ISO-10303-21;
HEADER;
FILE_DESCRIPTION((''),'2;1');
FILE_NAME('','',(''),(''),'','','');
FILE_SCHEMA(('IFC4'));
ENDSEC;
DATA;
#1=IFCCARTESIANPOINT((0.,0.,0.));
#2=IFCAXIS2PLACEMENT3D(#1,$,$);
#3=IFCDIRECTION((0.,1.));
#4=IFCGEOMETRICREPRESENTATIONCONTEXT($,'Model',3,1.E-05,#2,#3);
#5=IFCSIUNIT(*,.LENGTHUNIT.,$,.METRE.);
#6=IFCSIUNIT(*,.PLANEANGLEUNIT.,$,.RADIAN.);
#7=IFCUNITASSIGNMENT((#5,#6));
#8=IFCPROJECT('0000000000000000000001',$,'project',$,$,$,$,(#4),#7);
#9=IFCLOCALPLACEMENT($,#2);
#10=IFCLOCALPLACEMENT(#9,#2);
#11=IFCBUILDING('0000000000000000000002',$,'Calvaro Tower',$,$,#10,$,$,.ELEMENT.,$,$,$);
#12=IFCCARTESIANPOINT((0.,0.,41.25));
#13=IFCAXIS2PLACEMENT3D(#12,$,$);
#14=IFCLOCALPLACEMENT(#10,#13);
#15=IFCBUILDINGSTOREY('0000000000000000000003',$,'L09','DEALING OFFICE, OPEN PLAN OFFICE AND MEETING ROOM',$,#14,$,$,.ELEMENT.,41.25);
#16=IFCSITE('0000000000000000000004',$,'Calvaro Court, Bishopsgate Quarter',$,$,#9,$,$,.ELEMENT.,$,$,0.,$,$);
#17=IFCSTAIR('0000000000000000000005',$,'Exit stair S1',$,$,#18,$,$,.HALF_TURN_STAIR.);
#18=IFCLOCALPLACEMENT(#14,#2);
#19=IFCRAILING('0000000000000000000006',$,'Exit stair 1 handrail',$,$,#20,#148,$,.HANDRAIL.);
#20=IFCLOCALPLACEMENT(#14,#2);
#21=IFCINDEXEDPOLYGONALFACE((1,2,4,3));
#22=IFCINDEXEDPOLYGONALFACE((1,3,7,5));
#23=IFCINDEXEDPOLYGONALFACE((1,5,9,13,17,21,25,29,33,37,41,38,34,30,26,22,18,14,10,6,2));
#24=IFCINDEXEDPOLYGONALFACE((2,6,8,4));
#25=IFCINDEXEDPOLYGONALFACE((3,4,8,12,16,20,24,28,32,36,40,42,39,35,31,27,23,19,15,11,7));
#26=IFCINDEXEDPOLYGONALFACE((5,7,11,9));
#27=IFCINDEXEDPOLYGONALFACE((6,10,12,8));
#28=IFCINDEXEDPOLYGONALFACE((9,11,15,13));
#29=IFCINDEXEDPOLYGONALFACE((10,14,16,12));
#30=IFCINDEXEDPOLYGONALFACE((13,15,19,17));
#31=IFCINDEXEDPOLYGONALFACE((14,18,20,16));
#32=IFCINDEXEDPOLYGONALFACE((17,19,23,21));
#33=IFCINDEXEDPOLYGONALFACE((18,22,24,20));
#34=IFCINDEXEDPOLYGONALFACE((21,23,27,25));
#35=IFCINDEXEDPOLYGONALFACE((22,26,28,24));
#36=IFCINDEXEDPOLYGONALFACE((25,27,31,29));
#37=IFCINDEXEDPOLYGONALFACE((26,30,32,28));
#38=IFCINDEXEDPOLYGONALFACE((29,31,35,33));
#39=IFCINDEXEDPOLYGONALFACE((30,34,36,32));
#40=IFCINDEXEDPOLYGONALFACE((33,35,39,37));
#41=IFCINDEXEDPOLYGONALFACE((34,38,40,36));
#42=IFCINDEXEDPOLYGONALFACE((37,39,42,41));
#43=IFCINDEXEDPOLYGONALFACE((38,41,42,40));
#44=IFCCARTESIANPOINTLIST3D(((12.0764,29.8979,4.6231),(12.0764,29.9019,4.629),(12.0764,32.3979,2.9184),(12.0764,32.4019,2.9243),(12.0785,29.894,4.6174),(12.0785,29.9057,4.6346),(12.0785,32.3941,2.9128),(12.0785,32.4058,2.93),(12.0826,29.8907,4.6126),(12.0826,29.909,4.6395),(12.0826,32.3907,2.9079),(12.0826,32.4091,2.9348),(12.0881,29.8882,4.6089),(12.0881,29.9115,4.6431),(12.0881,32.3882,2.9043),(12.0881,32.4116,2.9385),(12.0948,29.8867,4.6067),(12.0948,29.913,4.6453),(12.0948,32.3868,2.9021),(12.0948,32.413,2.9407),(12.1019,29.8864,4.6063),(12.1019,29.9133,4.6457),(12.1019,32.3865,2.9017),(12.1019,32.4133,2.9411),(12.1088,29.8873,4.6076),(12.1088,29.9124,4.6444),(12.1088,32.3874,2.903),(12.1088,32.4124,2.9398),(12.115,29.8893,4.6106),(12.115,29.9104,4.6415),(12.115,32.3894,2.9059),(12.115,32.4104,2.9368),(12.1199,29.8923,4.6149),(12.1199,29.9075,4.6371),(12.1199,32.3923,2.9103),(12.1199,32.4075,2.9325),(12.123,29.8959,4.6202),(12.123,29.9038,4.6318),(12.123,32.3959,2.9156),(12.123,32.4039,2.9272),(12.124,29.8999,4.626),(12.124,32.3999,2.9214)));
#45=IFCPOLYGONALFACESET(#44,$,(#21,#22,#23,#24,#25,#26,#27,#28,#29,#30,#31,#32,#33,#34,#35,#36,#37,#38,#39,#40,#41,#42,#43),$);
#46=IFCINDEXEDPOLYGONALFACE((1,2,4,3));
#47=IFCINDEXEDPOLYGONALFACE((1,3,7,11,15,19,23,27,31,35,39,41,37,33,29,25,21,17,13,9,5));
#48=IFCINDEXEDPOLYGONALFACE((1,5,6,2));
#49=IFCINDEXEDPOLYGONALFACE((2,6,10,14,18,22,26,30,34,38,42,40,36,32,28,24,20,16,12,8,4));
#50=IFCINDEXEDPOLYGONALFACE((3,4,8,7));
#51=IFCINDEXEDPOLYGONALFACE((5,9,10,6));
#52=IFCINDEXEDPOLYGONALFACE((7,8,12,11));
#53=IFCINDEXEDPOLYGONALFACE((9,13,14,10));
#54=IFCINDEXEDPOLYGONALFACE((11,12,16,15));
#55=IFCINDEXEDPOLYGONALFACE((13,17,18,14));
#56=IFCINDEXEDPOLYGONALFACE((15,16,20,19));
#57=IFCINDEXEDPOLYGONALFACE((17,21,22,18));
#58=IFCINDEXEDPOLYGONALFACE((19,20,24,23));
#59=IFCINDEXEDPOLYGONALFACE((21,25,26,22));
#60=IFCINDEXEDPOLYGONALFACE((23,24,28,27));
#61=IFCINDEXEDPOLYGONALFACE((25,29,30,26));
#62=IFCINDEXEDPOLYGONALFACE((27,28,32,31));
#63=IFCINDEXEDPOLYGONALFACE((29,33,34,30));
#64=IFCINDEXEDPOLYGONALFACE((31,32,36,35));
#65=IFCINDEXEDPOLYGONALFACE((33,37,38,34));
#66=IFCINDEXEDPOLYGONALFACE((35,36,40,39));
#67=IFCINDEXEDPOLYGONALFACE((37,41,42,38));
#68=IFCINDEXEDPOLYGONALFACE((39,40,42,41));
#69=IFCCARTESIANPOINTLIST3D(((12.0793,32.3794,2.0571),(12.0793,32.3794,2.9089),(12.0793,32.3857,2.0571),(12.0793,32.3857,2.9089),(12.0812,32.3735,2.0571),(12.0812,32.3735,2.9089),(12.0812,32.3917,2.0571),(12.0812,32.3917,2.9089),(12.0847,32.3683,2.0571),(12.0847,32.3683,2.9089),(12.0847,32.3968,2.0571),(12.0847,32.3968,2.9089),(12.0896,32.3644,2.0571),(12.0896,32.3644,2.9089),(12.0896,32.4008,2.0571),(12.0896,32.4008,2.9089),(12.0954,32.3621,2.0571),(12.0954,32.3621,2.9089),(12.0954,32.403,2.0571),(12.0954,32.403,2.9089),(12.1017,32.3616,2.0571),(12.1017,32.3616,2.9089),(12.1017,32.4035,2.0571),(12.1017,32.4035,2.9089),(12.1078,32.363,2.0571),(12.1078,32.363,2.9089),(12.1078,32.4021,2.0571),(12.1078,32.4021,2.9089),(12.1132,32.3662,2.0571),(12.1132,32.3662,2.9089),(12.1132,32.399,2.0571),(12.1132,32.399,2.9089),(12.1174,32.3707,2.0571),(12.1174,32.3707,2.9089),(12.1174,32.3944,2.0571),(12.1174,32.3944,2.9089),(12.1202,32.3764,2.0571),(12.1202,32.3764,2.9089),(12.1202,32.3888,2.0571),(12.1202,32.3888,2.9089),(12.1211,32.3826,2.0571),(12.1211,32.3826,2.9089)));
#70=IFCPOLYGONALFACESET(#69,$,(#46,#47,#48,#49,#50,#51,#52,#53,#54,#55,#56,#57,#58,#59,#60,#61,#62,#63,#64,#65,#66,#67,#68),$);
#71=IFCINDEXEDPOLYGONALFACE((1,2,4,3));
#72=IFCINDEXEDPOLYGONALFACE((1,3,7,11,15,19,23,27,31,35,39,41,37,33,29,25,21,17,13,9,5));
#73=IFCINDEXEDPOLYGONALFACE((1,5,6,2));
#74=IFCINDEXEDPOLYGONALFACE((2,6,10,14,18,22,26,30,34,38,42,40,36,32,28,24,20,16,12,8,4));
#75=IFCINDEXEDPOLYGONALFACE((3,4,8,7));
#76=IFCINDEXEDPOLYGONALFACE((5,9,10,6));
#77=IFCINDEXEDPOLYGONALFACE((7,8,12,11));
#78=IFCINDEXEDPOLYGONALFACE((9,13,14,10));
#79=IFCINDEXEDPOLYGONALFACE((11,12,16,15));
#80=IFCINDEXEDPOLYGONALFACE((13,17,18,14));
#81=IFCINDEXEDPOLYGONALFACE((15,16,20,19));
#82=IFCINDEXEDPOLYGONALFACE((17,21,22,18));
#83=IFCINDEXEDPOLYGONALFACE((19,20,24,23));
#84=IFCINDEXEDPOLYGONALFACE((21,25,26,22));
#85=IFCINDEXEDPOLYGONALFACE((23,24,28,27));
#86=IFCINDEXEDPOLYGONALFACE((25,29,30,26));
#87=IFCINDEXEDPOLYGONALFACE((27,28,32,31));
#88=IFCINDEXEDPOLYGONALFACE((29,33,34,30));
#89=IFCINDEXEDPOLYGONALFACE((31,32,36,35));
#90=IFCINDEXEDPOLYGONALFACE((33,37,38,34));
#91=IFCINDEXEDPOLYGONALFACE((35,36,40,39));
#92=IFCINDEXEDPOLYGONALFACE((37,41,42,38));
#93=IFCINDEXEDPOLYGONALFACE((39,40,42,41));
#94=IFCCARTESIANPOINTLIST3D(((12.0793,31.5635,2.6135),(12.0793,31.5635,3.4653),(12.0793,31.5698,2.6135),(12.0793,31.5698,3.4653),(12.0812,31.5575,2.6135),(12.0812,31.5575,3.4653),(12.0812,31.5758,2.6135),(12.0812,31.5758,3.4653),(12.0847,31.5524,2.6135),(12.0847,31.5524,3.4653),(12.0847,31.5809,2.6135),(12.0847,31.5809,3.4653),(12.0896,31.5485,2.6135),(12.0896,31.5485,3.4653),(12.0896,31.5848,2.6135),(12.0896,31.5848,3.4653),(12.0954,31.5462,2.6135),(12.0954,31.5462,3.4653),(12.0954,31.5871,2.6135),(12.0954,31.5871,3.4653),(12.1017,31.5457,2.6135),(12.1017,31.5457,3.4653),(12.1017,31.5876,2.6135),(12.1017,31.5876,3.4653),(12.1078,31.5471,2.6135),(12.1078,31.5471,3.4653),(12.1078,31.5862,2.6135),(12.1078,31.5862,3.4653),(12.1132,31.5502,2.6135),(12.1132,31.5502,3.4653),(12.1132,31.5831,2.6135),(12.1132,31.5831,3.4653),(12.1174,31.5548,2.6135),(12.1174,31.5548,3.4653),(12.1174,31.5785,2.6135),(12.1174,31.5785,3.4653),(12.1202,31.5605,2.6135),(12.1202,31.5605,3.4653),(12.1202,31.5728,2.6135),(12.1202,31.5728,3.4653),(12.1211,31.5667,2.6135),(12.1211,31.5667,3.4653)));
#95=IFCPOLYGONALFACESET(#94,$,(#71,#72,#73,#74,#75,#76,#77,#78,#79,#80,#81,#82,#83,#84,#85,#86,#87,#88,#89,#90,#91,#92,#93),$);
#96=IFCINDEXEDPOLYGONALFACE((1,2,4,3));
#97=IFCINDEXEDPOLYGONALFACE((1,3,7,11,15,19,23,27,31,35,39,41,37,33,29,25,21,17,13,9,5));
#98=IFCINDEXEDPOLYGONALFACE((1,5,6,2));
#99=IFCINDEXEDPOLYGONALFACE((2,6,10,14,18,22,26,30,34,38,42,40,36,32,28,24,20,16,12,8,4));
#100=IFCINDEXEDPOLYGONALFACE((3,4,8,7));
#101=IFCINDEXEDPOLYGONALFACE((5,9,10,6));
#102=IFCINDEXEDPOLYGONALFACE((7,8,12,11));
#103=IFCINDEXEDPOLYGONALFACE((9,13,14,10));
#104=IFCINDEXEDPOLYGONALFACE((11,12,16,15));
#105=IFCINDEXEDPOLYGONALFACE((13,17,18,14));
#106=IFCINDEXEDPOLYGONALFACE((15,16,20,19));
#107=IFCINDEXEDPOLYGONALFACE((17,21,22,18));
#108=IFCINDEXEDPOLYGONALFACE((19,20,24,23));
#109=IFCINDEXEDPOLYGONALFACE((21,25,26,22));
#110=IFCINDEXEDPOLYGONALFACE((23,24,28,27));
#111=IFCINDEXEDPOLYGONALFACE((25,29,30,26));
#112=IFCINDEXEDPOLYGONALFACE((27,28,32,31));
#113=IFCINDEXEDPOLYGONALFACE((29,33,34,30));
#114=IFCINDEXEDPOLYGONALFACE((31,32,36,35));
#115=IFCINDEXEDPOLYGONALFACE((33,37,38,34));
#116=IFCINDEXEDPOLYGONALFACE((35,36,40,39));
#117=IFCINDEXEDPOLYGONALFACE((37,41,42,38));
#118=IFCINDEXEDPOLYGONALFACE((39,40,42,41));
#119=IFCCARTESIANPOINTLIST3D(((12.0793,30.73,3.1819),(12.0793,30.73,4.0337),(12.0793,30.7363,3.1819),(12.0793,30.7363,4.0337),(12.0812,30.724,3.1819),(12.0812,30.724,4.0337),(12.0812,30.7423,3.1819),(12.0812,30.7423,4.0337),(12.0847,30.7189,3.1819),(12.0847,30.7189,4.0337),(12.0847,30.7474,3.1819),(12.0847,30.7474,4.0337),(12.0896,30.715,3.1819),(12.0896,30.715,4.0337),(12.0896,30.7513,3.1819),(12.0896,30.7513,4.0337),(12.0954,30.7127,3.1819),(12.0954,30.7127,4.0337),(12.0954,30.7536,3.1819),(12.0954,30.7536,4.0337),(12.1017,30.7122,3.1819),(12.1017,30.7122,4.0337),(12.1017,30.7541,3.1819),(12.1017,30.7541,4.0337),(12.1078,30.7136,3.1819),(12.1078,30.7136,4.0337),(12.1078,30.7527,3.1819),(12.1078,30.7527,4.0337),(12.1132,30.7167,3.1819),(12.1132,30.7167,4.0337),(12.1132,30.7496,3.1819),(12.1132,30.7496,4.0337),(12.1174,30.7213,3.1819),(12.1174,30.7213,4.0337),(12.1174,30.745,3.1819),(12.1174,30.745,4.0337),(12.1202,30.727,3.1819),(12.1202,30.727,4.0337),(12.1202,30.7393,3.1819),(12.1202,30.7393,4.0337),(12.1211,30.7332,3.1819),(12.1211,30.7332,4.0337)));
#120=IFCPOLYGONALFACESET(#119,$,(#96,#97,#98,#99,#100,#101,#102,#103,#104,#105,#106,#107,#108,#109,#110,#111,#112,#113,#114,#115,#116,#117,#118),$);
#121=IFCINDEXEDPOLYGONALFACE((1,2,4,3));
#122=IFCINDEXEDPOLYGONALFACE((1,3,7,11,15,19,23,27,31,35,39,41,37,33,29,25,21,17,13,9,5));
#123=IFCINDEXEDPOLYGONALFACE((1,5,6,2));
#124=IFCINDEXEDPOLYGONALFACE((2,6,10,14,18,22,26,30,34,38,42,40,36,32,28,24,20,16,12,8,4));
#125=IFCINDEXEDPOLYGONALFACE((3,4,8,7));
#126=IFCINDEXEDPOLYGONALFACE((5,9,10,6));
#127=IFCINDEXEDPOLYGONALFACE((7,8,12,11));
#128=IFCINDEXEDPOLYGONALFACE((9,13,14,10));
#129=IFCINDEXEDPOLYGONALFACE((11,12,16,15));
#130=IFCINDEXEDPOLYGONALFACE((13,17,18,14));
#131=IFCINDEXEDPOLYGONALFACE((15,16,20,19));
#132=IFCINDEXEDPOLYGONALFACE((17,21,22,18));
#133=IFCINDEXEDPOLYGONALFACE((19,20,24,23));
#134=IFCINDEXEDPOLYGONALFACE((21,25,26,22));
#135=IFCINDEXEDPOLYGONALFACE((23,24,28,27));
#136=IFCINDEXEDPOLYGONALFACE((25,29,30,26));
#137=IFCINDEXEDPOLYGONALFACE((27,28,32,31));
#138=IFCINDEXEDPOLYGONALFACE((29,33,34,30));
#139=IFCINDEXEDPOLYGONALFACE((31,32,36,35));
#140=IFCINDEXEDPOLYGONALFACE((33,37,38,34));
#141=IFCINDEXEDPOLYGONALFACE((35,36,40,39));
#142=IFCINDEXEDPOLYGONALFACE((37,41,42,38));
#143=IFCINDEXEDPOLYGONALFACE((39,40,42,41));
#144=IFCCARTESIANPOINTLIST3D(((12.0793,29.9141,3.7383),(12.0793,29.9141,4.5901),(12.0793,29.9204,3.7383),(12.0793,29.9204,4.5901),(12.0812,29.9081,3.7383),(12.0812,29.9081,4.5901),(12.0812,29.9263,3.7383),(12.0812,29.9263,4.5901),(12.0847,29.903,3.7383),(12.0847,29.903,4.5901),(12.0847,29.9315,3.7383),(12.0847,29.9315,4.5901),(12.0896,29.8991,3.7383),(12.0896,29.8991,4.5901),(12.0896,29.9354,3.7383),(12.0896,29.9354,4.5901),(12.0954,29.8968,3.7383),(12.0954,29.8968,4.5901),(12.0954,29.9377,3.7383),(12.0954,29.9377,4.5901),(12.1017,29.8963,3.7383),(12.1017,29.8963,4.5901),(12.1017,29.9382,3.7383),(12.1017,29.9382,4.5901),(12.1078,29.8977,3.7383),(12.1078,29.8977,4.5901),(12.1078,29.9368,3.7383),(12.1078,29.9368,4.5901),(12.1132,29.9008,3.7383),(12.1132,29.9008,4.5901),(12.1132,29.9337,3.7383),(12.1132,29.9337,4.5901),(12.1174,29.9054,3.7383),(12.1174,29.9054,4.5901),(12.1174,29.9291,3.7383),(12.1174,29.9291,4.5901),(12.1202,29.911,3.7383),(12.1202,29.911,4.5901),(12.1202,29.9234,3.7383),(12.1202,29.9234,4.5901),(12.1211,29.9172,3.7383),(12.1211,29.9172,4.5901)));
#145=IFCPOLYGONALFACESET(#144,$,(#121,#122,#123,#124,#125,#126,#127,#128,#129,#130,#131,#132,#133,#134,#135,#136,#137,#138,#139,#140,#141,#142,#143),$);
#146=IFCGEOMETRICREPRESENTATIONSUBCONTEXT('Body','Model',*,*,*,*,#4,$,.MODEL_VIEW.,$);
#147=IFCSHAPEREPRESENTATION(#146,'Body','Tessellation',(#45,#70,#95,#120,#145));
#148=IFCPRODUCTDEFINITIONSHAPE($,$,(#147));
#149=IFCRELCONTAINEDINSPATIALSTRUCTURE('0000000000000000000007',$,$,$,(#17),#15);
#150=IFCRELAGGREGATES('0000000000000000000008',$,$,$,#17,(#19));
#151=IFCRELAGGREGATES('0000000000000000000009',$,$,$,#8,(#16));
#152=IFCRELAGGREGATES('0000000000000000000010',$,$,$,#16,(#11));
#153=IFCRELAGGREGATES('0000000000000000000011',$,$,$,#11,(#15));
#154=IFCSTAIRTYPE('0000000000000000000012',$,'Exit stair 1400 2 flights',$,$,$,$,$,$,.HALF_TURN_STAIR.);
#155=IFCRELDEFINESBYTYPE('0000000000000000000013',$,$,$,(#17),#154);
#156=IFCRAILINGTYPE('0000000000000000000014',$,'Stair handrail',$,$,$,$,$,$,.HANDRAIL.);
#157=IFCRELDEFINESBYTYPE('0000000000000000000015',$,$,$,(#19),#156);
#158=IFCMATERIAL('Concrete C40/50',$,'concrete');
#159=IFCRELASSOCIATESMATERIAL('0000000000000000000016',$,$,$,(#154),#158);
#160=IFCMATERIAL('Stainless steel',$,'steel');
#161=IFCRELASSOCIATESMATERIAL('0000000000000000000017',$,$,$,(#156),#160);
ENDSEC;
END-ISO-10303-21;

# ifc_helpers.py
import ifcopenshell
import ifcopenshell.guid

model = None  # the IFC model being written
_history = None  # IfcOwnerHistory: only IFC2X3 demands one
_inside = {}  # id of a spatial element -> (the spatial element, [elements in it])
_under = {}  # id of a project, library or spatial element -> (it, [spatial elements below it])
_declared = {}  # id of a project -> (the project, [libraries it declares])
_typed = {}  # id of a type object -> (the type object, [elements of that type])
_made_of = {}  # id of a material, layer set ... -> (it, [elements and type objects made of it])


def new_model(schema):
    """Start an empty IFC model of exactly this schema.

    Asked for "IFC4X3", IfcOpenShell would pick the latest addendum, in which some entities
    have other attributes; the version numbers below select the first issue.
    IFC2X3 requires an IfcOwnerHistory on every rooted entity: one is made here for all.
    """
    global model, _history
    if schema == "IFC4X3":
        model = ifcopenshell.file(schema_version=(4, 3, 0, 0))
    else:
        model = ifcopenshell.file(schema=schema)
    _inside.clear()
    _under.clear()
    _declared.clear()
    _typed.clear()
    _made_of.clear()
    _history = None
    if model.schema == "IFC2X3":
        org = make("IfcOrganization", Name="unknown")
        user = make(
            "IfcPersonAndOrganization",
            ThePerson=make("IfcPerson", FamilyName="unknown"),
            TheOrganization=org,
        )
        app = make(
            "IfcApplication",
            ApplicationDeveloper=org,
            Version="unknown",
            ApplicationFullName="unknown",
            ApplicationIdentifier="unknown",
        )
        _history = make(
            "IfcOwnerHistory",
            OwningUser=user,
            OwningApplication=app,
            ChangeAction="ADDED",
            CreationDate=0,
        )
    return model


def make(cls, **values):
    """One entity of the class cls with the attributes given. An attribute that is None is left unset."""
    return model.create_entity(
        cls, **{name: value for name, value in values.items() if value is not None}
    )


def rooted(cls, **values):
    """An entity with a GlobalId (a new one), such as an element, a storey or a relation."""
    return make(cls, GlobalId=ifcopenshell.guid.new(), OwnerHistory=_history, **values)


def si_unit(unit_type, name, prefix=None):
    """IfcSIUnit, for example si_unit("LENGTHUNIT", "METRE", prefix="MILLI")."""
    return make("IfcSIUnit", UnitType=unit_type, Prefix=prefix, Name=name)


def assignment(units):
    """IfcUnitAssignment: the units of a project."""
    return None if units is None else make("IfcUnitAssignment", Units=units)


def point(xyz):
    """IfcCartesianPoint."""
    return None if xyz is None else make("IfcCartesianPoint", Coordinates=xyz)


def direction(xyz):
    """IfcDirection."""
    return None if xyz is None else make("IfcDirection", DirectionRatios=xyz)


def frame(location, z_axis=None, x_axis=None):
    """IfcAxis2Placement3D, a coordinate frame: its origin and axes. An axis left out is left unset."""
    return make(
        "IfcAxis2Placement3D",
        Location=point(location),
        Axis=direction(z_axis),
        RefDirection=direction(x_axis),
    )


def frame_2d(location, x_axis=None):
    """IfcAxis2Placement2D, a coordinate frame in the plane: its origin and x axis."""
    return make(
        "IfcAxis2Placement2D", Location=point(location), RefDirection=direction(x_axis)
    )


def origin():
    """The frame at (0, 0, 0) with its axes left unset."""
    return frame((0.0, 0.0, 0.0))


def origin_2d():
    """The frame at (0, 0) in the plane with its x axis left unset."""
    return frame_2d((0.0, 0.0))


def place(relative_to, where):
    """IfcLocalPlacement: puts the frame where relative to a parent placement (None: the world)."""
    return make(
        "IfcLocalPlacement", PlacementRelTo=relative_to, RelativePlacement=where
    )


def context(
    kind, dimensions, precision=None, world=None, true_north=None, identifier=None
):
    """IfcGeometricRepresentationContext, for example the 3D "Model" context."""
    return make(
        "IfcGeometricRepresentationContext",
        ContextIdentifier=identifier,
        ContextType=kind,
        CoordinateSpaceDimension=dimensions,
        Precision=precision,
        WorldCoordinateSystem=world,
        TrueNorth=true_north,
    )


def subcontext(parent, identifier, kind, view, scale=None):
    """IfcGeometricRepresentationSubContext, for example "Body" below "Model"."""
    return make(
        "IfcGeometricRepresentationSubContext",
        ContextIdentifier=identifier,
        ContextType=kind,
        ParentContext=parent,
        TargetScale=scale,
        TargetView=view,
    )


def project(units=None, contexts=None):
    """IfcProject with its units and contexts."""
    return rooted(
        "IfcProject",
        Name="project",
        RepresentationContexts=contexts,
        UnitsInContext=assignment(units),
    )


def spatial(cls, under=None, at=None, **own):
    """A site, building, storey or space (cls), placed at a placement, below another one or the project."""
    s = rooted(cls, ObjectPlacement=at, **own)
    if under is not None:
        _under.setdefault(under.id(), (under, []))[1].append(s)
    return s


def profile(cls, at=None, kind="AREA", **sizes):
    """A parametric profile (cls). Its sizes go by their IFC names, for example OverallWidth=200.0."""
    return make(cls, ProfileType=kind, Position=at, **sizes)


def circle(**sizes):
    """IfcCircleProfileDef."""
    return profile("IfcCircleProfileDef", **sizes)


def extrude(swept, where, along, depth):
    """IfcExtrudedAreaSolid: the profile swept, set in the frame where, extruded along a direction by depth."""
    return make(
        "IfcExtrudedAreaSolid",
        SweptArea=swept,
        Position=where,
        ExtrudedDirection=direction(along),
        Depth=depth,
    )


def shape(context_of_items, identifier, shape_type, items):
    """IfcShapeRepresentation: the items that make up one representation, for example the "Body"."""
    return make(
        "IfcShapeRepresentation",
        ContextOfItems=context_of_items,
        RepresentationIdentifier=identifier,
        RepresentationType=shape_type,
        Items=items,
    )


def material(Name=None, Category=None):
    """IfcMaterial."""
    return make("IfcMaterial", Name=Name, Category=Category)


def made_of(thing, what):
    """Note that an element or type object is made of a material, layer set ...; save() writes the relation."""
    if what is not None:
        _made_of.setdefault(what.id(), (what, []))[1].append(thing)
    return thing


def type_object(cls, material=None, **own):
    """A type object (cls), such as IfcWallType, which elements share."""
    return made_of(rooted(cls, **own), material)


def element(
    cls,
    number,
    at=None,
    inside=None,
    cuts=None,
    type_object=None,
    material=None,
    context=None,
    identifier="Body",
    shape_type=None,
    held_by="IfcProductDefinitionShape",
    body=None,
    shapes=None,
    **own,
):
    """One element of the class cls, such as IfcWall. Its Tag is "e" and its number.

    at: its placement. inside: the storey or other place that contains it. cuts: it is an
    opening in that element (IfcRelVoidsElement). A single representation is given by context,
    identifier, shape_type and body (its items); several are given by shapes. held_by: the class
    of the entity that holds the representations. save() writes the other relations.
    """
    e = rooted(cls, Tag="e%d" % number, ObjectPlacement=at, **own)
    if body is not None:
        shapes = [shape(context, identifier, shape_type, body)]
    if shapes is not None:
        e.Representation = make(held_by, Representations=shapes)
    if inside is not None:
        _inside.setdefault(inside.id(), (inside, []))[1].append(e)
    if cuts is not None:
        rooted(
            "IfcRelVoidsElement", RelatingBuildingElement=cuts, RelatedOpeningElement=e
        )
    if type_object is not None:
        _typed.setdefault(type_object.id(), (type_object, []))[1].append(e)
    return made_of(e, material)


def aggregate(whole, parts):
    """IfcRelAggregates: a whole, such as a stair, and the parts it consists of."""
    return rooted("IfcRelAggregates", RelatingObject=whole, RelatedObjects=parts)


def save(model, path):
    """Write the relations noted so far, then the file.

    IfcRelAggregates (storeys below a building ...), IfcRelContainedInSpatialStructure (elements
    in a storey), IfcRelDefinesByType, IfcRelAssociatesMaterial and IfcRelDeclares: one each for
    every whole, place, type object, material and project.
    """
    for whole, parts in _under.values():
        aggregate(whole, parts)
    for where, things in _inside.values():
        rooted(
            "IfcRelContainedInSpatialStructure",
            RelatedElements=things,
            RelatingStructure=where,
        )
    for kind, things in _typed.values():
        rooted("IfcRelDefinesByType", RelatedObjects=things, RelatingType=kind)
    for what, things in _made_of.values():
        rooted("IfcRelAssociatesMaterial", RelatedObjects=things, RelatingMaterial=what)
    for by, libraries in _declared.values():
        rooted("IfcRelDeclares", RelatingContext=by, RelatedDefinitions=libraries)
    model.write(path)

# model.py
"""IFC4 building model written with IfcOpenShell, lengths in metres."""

from ifc_helpers import new_model, si_unit, direction, frame, origin, origin_2d, place, context, subcontext, project, spatial, circle, extrude, material, type_object, element, aggregate, save


model = new_model("IFC4")

# Units and contexts
model_context = context("Model", 3, precision=1e-05, world=origin(), true_north=direction((0.0, 1.0)))
body_context = subcontext(model_context, "Body", "Model", "MODEL_VIEW")
ifc_project = project(units=[si_unit("LENGTHUNIT", "METRE"), si_unit("PLANEANGLEUNIT", "RADIAN")], contexts=[model_context])

# Site, building, storey
site_placement = place(None, origin())
site = spatial("IfcSite", under=ifc_project, at=site_placement, Name="Calvaro Court, Bishopsgate Quarter", CompositionType="ELEMENT", RefElevation=0.0)
building_placement = place(site_placement, origin())
building = spatial("IfcBuilding", under=site, at=building_placement, Name="Calvaro Tower", CompositionType="ELEMENT")
storey_placement = place(building_placement, frame((0.0, 0.0, 41.25)))
storey = spatial("IfcBuildingStorey", under=building, at=storey_placement, Name="L09", Description="DEALING OFFICE, OPEN PLAN OFFICE AND MEETING ROOM", CompositionType="ELEMENT", Elevation=41.25)

# Stair, railing
ifc_material_1 = material(Name="Concrete C40/50", Category="concrete")
stair_type = type_object("IfcStairType", Name="Exit stair 1400 2 flights", PredefinedType="HALF_TURN_STAIR", material=ifc_material_1)
stair_placement = place(storey_placement, origin())
stair = element("IfcStair", 1, at=stair_placement, inside=storey, type_object=stair_type, Name="Exit stair S1", PredefinedType="HALF_TURN_STAIR")
ifc_material_2 = material(Name="Stainless steel", Category="steel")
railing_type = type_object("IfcRailingType", Name="Stair handrail", PredefinedType="HANDRAIL", material=ifc_material_2)
railing_1_placement = place(storey_placement, frame((12.1001, 32.3999, 2.0454)))
railing_1 = element("IfcRailing", 2, at=railing_1_placement, type_object=railing_type, Name="Exit stair 1 handrail", PredefinedType="HANDRAIL", context=body_context, shape_type="SweptSolid", body=[
    extrude(circle(Radius=0.0239, at=origin_2d()), frame((0.0, 0.0, 0.876), z_axis=(0.0, -0.826221, 0.563347), x_axis=(1.0, 0.0, 0.0)), (0.0, 0.0, 1.0), 3.0259),
    extrude(circle(Radius=0.021, at=origin_2d()), frame((0.0, -0.0173, 0.0117)), (0.0, 0.0, 1.0), 0.8518),
    extrude(circle(Radius=0.021, at=origin_2d()), frame((0.0, -0.8333, 0.5681)), (0.0, 0.0, 1.0), 0.8518),
    extrude(circle(Radius=0.021, at=origin_2d()), frame((0.0, -1.6667, 1.1365)), (0.0, 0.0, 1.0), 0.8518),
    extrude(circle(Radius=0.021, at=origin_2d()), frame((0.0, -2.4827, 1.6929)), (0.0, 0.0, 1.0), 0.8518),
])
aggregate(stair, [railing_1])

save(model, "model.ifc")
